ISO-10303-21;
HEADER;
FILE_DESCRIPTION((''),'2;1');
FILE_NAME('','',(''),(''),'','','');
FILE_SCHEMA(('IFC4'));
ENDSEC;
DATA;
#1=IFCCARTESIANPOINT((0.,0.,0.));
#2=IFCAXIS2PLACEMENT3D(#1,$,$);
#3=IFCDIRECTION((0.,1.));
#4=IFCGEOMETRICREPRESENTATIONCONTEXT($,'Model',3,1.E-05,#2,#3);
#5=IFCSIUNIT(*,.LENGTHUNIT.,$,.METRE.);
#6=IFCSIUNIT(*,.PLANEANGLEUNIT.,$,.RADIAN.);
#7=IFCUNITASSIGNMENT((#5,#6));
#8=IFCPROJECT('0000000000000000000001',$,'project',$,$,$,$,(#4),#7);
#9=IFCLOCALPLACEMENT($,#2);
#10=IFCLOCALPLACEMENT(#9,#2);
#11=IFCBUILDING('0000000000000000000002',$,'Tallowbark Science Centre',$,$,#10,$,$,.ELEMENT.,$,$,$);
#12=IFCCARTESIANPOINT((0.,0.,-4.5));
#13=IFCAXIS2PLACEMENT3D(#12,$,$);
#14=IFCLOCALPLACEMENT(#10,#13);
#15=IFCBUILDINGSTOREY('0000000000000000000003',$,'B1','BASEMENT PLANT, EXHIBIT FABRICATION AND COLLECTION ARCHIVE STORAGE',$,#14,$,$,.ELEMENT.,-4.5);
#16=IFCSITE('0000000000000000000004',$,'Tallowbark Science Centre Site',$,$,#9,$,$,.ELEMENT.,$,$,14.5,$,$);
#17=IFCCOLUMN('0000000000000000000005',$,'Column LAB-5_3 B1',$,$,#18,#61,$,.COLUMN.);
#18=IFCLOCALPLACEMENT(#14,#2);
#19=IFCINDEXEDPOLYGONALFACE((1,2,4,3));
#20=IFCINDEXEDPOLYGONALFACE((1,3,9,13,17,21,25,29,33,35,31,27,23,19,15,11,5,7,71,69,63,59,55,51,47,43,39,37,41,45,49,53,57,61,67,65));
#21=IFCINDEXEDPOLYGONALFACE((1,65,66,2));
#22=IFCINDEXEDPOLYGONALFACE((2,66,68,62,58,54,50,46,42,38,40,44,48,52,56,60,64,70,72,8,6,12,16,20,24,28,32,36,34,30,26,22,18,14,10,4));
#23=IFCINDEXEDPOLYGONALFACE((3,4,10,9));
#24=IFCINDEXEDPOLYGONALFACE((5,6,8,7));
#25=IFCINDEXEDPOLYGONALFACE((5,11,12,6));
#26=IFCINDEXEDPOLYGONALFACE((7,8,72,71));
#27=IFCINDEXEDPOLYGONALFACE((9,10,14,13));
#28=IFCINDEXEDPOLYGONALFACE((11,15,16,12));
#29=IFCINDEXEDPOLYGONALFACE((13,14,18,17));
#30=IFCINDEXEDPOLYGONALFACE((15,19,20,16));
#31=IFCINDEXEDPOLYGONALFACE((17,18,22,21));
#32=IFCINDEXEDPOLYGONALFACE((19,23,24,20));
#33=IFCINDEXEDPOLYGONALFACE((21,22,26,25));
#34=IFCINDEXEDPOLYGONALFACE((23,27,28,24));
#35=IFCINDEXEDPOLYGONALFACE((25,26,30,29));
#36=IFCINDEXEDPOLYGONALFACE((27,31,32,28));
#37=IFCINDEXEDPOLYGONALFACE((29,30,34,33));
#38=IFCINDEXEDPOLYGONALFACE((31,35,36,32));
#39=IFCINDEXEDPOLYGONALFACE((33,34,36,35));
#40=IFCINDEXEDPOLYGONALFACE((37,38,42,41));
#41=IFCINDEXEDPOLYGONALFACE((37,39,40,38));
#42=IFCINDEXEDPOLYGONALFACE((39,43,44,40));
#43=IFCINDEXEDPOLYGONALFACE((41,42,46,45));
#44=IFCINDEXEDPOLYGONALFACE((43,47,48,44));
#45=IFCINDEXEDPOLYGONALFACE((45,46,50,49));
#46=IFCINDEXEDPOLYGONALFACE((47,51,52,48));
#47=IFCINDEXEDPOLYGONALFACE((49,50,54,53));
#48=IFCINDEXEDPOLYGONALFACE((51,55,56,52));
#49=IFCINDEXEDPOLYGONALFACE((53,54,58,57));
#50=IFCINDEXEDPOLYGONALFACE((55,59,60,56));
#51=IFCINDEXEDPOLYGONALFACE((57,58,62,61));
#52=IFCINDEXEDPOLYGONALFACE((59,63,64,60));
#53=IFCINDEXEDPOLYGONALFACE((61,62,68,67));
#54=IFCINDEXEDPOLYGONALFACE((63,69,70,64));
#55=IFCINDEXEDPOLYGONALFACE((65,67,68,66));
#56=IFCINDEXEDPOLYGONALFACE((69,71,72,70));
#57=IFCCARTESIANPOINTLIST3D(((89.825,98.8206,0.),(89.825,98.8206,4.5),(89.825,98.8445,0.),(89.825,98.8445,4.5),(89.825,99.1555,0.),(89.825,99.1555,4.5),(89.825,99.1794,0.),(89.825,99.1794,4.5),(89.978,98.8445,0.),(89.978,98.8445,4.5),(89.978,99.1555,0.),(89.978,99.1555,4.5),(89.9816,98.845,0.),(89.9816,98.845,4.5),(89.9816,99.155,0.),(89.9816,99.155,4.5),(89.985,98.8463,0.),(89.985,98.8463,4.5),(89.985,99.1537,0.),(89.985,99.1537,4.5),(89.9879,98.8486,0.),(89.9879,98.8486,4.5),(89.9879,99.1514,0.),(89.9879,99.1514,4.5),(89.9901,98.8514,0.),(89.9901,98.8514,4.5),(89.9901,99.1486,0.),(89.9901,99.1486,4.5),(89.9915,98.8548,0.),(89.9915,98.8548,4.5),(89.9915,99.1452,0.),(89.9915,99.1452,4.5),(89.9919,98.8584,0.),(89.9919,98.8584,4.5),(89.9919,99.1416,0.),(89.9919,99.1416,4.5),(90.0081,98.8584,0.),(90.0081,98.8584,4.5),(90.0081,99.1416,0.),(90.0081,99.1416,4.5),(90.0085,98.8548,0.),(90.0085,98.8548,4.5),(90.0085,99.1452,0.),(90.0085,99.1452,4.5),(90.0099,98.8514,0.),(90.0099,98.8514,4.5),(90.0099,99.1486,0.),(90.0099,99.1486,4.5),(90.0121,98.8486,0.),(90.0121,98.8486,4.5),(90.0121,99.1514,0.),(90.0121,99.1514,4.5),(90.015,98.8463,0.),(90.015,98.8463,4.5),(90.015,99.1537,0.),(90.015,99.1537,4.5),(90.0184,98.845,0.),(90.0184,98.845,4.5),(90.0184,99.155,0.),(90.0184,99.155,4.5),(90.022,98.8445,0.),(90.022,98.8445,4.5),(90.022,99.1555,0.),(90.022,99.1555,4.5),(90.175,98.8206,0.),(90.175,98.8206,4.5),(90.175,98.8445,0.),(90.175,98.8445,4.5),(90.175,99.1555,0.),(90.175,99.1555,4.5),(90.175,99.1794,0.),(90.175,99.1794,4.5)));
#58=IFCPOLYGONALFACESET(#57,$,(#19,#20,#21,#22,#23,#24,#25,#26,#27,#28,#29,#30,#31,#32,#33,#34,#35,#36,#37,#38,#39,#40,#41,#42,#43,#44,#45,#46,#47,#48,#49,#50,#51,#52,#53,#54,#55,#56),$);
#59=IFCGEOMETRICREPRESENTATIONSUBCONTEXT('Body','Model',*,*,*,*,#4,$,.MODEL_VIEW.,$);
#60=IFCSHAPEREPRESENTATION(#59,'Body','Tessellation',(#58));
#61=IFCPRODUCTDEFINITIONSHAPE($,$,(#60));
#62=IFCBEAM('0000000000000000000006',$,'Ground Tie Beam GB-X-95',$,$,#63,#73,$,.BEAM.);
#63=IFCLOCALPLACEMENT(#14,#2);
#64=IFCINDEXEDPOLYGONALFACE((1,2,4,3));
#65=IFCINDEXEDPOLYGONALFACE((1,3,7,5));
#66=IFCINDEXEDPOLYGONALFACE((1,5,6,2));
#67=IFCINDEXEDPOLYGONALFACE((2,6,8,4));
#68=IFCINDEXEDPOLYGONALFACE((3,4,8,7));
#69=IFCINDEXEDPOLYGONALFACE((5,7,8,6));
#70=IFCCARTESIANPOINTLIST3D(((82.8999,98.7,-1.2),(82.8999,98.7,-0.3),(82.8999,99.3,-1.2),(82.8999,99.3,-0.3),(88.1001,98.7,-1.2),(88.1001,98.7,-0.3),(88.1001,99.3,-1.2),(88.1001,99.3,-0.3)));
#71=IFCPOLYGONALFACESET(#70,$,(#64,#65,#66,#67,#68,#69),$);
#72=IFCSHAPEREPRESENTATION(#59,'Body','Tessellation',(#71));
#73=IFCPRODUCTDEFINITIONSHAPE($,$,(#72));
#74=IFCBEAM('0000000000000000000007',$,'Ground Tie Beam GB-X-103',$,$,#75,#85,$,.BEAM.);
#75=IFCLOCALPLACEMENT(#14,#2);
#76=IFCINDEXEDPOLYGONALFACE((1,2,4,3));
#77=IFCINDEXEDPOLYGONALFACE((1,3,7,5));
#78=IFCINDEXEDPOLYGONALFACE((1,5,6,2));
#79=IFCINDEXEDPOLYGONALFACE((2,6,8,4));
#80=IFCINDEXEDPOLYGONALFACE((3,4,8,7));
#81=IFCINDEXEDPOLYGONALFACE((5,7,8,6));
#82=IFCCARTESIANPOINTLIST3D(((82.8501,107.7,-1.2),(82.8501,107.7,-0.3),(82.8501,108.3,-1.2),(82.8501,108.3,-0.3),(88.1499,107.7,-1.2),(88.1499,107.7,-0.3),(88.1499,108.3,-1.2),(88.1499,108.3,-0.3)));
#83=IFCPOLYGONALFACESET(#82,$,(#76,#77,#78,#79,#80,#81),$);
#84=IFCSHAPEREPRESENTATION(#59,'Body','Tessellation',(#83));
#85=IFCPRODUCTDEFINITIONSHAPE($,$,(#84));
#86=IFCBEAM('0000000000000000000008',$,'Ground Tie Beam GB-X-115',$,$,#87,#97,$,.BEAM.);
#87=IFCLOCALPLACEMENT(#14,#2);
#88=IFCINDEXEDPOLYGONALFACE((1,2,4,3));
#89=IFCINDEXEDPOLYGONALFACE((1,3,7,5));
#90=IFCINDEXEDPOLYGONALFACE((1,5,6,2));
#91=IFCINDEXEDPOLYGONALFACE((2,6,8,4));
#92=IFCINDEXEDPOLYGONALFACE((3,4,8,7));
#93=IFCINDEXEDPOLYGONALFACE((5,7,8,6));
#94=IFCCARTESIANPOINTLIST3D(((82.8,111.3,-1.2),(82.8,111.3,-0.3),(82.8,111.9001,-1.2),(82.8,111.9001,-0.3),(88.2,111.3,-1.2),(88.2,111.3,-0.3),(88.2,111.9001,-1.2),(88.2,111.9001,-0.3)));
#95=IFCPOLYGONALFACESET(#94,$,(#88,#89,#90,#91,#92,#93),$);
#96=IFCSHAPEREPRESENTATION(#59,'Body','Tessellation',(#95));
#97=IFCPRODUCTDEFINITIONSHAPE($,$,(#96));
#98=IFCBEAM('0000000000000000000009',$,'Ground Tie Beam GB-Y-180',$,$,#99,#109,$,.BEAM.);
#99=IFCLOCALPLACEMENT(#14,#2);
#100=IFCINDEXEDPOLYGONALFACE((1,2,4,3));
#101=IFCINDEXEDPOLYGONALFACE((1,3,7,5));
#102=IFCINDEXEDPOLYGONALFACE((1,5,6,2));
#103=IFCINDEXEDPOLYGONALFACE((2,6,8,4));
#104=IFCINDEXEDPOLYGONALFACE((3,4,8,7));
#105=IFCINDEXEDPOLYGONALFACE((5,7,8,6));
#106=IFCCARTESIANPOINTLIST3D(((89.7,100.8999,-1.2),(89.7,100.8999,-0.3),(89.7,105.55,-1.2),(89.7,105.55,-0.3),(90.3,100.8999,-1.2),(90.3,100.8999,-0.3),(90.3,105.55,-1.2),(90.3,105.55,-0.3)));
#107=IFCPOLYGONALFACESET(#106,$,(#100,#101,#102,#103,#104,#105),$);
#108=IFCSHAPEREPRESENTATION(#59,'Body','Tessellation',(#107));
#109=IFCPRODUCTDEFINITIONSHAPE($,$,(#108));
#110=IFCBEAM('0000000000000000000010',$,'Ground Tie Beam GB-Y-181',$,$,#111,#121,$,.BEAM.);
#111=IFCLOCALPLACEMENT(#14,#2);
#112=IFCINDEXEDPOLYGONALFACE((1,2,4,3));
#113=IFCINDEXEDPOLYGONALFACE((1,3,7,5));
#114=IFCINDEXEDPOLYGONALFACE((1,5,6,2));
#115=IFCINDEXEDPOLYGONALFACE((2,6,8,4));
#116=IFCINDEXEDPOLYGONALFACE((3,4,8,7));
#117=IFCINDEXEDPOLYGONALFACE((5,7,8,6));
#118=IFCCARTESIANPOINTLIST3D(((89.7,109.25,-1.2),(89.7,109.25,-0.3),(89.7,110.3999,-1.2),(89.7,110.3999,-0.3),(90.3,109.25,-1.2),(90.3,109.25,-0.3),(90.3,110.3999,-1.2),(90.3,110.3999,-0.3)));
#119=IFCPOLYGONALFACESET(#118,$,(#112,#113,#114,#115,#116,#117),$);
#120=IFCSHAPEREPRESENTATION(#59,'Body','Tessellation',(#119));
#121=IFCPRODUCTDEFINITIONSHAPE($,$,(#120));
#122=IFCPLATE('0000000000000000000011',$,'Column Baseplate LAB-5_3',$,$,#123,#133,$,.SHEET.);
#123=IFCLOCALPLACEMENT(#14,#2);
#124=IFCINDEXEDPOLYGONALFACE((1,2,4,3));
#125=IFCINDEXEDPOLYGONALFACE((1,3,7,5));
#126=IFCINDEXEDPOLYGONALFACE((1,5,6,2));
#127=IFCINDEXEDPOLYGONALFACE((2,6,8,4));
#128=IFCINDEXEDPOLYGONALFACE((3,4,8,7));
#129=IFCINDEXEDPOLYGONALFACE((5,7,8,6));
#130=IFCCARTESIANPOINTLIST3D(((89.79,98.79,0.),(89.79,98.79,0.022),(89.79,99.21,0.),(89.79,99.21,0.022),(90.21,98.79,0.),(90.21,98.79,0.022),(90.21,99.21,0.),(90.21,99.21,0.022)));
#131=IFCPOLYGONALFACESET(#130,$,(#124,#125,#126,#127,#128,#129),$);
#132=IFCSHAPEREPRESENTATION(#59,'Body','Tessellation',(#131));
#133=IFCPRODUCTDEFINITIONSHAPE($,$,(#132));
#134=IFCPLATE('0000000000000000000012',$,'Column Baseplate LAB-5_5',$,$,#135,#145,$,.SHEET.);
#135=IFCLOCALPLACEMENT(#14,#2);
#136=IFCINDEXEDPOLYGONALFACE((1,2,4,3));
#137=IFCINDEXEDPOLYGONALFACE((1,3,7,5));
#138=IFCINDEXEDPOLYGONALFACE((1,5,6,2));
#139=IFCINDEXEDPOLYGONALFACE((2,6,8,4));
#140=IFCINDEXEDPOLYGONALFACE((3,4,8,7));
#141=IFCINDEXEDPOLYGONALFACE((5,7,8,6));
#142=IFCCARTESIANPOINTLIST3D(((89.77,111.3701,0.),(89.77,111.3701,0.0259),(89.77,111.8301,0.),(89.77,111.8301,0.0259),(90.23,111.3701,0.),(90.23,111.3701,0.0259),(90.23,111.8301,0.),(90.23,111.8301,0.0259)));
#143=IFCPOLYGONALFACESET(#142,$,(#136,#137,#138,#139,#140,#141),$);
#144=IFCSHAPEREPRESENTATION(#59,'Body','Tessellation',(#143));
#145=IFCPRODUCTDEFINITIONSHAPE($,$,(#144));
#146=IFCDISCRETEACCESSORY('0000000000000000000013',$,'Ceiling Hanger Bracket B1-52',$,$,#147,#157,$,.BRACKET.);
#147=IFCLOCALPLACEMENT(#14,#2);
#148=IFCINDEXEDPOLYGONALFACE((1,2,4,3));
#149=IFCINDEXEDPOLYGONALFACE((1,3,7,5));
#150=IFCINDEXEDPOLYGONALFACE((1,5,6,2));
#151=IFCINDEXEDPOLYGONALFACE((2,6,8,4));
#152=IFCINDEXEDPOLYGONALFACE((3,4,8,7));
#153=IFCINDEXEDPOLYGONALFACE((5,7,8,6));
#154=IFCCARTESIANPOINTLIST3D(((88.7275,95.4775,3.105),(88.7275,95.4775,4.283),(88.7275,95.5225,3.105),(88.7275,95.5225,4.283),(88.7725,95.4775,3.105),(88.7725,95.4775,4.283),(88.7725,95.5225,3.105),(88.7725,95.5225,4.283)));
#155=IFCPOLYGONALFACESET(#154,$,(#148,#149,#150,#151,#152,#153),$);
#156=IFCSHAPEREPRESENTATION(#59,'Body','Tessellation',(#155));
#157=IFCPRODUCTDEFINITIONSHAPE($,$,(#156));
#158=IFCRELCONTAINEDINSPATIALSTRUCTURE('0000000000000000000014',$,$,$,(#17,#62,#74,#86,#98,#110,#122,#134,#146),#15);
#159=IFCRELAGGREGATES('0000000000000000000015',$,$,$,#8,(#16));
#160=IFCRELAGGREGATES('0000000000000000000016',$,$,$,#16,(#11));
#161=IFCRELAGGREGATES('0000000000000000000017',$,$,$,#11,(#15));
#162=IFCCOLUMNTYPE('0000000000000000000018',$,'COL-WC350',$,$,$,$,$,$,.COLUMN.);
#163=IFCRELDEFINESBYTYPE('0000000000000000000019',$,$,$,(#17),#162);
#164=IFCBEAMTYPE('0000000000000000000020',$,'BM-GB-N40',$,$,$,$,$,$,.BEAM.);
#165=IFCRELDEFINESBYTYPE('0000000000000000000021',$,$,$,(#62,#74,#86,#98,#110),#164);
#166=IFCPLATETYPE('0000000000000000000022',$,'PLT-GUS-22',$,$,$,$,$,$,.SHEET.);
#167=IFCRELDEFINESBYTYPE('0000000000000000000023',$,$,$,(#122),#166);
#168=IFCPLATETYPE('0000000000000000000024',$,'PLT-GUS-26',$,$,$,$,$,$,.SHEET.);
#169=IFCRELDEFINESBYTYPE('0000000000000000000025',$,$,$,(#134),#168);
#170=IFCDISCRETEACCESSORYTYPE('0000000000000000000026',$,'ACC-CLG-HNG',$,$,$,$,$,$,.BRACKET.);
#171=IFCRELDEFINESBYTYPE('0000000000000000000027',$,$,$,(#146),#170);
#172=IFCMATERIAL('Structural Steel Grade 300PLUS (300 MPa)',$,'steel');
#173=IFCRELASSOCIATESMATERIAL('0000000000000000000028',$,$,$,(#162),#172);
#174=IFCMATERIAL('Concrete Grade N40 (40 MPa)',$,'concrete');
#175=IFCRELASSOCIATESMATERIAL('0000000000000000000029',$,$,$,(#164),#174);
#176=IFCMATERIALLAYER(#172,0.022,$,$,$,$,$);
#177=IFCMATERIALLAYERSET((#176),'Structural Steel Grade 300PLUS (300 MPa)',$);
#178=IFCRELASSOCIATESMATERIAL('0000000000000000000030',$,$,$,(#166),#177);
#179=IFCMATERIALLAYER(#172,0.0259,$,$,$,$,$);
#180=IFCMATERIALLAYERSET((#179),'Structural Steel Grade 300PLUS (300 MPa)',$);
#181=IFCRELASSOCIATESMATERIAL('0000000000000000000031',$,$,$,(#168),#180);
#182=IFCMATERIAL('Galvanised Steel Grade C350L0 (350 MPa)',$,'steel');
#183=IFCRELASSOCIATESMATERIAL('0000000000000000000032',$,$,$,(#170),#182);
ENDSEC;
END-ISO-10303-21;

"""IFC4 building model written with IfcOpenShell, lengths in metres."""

from ifc_helpers import new_model, si_unit, direction, frame, origin, origin_2d, place, context, subcontext, project, spatial, rectangle, i_section, extrude, material, layer, layer_set, material_profile, profile_set, type_object, element, save


model = new_model("IFC4")

# Units and contexts
model_context = context("Model", 3, precision=1e-05, world=origin(), true_north=direction((0.0, 1.0)))
body_context = subcontext(model_context, "Body", "Model", "MODEL_VIEW")
ifc_project = project(units=[si_unit("LENGTHUNIT", "METRE"), si_unit("PLANEANGLEUNIT", "RADIAN")], contexts=[model_context])

# Site, building, storey
site_placement = place(None, origin())
site = spatial("IfcSite", under=ifc_project, at=site_placement, Name="Tallowbark Science Centre Site", CompositionType="ELEMENT", RefElevation=14.5)
building_placement = place(site_placement, origin())
building = spatial("IfcBuilding", under=site, at=building_placement, Name="Tallowbark Science Centre", CompositionType="ELEMENT")
storey_placement = place(building_placement, frame((0.0, 0.0, -4.5)))
storey = spatial("IfcBuildingStorey", under=building, at=storey_placement, Name="B1", Description="BASEMENT PLANT, EXHIBIT FABRICATION AND COLLECTION ARCHIVE STORAGE", CompositionType="ELEMENT", Elevation=-4.5)

# Shared definitions
ifc_material_1 = material(Name="Concrete Grade N40 (40 MPa)", Category="concrete")

# Column
ifc_material_2 = material(Name="Structural Steel Grade 300PLUS (300 MPa)", Category="steel")
ifc_material_profile_1 = material_profile(ifc_material_2, i_section(OverallWidth=0.3501, OverallDepth=0.3589, WebThickness=0.0161, FlangeThickness=0.0239, FilletRadius=0.0139, at=origin_2d()), Name="350WC197")
ifc_profile_set_1 = profile_set([ifc_material_profile_1], Name="Structural Steel Grade 300PLUS (300 MPa)")
column_type_1 = type_object("IfcColumnType", Name="COL-WC350", PredefinedType="COLUMN", material=ifc_profile_set_1)
column_placement = place(storey_placement, frame((90.0, 99.0, 0.0), z_axis=(0.0, 0.0, 1.0), x_axis=(1.0, 0.0, 0.0)))
element("IfcColumn", 1, at=column_placement, inside=storey, type_object=column_type_1, Name="Column LAB-5_3 B1", PredefinedType="COLUMN", context=body_context, shape_type="SweptSolid", body=[
    extrude(i_section(OverallWidth=0.3501, OverallDepth=0.3589, WebThickness=0.0161, FlangeThickness=0.0239, FilletRadius=0.0139, at=origin_2d()), origin(), (0.0, 0.0, 1.0), 4.5),
])

# Beams
ifc_material_profile_2 = material_profile(ifc_material_1, rectangle(XDim=0.6001, YDim=0.8999, at=origin_2d()), Name="RC600x900")
ifc_profile_set_2 = profile_set([ifc_material_profile_2], Name="Concrete Grade N40 (40 MPa)")
beam_type = type_object("IfcBeamType", Name="BM-GB-N40", PredefinedType="BEAM", material=ifc_profile_set_2)
beam_1_placement = place(storey_placement, frame((82.8999, 99.0, -0.75), z_axis=(1.0, 0.0, 0.0), x_axis=(0.0, 1.0, 0.0)))
element("IfcBeam", 2, at=beam_1_placement, inside=storey, type_object=beam_type, Name="Ground Tie Beam GB-X-95", PredefinedType="BEAM", context=body_context, shape_type="SweptSolid", body=[
    extrude(rectangle(XDim=0.6001, YDim=0.8999, at=origin_2d()), origin(), (0.0, 0.0, 1.0), 5.2002),
])
beam_2_placement = place(storey_placement, frame((82.8501, 108.0, -0.75), z_axis=(1.0, 0.0, 0.0), x_axis=(0.0, 1.0, 0.0)))
element("IfcBeam", 3, at=beam_2_placement, inside=storey, type_object=beam_type, Name="Ground Tie Beam GB-X-103", PredefinedType="BEAM", context=body_context, shape_type="SweptSolid", body=[
    extrude(rectangle(XDim=0.6001, YDim=0.8999, at=origin_2d()), origin(), (0.0, 0.0, 1.0), 5.2998),
])
beam_3_placement = place(storey_placement, frame((82.8, 111.6001, -0.75), z_axis=(1.0, 0.0, 0.0), x_axis=(0.0, 1.0, 0.0)))
element("IfcBeam", 4, at=beam_3_placement, inside=storey, type_object=beam_type, Name="Ground Tie Beam GB-X-115", PredefinedType="BEAM", context=body_context, shape_type="SweptSolid", body=[
    extrude(rectangle(XDim=0.6001, YDim=0.8999, at=origin_2d()), origin(), (0.0, 0.0, 1.0), 5.3999),
])
beam_4_placement = place(storey_placement, frame((90.0, 100.8999, -0.75), z_axis=(0.0, 1.0, 0.0), x_axis=(-1.0, 0.0, 0.0)))
element("IfcBeam", 5, at=beam_4_placement, inside=storey, type_object=beam_type, Name="Ground Tie Beam GB-Y-180", PredefinedType="BEAM", context=body_context, shape_type="SweptSolid", body=[
    extrude(rectangle(XDim=0.6001, YDim=0.8999, at=origin_2d()), origin(), (0.0, 0.0, 1.0), 4.6501),
])
beam_5_placement = place(storey_placement, frame((90.0, 109.25, -0.75), z_axis=(0.0, 1.0, 0.0), x_axis=(-1.0, 0.0, 0.0)))
element("IfcBeam", 6, at=beam_5_placement, inside=storey, type_object=beam_type, Name="Ground Tie Beam GB-Y-181", PredefinedType="BEAM", context=body_context, shape_type="SweptSolid", body=[
    extrude(rectangle(XDim=0.6001, YDim=0.8999, at=origin_2d()), origin(), (0.0, 0.0, 1.0), 1.1499),
])

# Plates
ifc_layer_1 = layer(ifc_material_2, 0.022)
ifc_layer_set_1 = layer_set([ifc_layer_1], Name="Structural Steel Grade 300PLUS (300 MPa)")
plate_type_1 = type_object("IfcPlateType", Name="PLT-GUS-22", PredefinedType="SHEET", material=ifc_layer_set_1)
plate_1_placement = place(storey_placement, frame((90.0, 99.0, 0.0), z_axis=(0.0, 0.0, 1.0), x_axis=(1.0, 0.0, 0.0)))
element("IfcPlate", 7, at=plate_1_placement, inside=storey, type_object=plate_type_1, Name="Column Baseplate LAB-5_3", PredefinedType="SHEET", context=body_context, shape_type="SweptSolid", body=[
    extrude(rectangle(XDim=0.4199, YDim=0.4199, at=origin_2d()), origin(), (0.0, 0.0, 1.0), 0.022),
])
ifc_layer_2 = layer(ifc_material_2, 0.0259)
ifc_layer_set_2 = layer_set([ifc_layer_2], Name="Structural Steel Grade 300PLUS (300 MPa)")
plate_type_2 = type_object("IfcPlateType", Name="PLT-GUS-26", PredefinedType="SHEET", material=ifc_layer_set_2)
plate_2_placement = place(storey_placement, frame((90.0, 111.6001, 0.0), z_axis=(0.0, 0.0, 1.0), x_axis=(1.0, 0.0, 0.0)))
element("IfcPlate", 8, at=plate_2_placement, inside=storey, type_object=plate_type_2, Name="Column Baseplate LAB-5_5", PredefinedType="SHEET", context=body_context, shape_type="SweptSolid", body=[
    extrude(rectangle(XDim=0.46, YDim=0.46, at=origin_2d()), origin(), (0.0, 0.0, 1.0), 0.0259),
])

# Discrete accessory
ifc_material_3 = material(Name="Galvanised Steel Grade C350L0 (350 MPa)", Category="steel")
discrete_accessory_type = type_object("IfcDiscreteAccessoryType", Name="ACC-CLG-HNG", PredefinedType="BRACKET", material=ifc_material_3)
discrete_accessory_placement = place(storey_placement, frame((88.75, 95.5, 3.105), z_axis=(0.0, 0.0, 1.0), x_axis=(1.0, 0.0, 0.0)))
element("IfcDiscreteAccessory", 9, at=discrete_accessory_placement, inside=storey, type_object=discrete_accessory_type, Name="Ceiling Hanger Bracket B1-52", PredefinedType="BRACKET", context=body_context, shape_type="SweptSolid", body=[
    extrude(rectangle(XDim=0.0449, YDim=0.0449, at=origin_2d()), origin(), (0.0, 0.0, 1.0), 1.178),
])

save(model, "model.ifc")
